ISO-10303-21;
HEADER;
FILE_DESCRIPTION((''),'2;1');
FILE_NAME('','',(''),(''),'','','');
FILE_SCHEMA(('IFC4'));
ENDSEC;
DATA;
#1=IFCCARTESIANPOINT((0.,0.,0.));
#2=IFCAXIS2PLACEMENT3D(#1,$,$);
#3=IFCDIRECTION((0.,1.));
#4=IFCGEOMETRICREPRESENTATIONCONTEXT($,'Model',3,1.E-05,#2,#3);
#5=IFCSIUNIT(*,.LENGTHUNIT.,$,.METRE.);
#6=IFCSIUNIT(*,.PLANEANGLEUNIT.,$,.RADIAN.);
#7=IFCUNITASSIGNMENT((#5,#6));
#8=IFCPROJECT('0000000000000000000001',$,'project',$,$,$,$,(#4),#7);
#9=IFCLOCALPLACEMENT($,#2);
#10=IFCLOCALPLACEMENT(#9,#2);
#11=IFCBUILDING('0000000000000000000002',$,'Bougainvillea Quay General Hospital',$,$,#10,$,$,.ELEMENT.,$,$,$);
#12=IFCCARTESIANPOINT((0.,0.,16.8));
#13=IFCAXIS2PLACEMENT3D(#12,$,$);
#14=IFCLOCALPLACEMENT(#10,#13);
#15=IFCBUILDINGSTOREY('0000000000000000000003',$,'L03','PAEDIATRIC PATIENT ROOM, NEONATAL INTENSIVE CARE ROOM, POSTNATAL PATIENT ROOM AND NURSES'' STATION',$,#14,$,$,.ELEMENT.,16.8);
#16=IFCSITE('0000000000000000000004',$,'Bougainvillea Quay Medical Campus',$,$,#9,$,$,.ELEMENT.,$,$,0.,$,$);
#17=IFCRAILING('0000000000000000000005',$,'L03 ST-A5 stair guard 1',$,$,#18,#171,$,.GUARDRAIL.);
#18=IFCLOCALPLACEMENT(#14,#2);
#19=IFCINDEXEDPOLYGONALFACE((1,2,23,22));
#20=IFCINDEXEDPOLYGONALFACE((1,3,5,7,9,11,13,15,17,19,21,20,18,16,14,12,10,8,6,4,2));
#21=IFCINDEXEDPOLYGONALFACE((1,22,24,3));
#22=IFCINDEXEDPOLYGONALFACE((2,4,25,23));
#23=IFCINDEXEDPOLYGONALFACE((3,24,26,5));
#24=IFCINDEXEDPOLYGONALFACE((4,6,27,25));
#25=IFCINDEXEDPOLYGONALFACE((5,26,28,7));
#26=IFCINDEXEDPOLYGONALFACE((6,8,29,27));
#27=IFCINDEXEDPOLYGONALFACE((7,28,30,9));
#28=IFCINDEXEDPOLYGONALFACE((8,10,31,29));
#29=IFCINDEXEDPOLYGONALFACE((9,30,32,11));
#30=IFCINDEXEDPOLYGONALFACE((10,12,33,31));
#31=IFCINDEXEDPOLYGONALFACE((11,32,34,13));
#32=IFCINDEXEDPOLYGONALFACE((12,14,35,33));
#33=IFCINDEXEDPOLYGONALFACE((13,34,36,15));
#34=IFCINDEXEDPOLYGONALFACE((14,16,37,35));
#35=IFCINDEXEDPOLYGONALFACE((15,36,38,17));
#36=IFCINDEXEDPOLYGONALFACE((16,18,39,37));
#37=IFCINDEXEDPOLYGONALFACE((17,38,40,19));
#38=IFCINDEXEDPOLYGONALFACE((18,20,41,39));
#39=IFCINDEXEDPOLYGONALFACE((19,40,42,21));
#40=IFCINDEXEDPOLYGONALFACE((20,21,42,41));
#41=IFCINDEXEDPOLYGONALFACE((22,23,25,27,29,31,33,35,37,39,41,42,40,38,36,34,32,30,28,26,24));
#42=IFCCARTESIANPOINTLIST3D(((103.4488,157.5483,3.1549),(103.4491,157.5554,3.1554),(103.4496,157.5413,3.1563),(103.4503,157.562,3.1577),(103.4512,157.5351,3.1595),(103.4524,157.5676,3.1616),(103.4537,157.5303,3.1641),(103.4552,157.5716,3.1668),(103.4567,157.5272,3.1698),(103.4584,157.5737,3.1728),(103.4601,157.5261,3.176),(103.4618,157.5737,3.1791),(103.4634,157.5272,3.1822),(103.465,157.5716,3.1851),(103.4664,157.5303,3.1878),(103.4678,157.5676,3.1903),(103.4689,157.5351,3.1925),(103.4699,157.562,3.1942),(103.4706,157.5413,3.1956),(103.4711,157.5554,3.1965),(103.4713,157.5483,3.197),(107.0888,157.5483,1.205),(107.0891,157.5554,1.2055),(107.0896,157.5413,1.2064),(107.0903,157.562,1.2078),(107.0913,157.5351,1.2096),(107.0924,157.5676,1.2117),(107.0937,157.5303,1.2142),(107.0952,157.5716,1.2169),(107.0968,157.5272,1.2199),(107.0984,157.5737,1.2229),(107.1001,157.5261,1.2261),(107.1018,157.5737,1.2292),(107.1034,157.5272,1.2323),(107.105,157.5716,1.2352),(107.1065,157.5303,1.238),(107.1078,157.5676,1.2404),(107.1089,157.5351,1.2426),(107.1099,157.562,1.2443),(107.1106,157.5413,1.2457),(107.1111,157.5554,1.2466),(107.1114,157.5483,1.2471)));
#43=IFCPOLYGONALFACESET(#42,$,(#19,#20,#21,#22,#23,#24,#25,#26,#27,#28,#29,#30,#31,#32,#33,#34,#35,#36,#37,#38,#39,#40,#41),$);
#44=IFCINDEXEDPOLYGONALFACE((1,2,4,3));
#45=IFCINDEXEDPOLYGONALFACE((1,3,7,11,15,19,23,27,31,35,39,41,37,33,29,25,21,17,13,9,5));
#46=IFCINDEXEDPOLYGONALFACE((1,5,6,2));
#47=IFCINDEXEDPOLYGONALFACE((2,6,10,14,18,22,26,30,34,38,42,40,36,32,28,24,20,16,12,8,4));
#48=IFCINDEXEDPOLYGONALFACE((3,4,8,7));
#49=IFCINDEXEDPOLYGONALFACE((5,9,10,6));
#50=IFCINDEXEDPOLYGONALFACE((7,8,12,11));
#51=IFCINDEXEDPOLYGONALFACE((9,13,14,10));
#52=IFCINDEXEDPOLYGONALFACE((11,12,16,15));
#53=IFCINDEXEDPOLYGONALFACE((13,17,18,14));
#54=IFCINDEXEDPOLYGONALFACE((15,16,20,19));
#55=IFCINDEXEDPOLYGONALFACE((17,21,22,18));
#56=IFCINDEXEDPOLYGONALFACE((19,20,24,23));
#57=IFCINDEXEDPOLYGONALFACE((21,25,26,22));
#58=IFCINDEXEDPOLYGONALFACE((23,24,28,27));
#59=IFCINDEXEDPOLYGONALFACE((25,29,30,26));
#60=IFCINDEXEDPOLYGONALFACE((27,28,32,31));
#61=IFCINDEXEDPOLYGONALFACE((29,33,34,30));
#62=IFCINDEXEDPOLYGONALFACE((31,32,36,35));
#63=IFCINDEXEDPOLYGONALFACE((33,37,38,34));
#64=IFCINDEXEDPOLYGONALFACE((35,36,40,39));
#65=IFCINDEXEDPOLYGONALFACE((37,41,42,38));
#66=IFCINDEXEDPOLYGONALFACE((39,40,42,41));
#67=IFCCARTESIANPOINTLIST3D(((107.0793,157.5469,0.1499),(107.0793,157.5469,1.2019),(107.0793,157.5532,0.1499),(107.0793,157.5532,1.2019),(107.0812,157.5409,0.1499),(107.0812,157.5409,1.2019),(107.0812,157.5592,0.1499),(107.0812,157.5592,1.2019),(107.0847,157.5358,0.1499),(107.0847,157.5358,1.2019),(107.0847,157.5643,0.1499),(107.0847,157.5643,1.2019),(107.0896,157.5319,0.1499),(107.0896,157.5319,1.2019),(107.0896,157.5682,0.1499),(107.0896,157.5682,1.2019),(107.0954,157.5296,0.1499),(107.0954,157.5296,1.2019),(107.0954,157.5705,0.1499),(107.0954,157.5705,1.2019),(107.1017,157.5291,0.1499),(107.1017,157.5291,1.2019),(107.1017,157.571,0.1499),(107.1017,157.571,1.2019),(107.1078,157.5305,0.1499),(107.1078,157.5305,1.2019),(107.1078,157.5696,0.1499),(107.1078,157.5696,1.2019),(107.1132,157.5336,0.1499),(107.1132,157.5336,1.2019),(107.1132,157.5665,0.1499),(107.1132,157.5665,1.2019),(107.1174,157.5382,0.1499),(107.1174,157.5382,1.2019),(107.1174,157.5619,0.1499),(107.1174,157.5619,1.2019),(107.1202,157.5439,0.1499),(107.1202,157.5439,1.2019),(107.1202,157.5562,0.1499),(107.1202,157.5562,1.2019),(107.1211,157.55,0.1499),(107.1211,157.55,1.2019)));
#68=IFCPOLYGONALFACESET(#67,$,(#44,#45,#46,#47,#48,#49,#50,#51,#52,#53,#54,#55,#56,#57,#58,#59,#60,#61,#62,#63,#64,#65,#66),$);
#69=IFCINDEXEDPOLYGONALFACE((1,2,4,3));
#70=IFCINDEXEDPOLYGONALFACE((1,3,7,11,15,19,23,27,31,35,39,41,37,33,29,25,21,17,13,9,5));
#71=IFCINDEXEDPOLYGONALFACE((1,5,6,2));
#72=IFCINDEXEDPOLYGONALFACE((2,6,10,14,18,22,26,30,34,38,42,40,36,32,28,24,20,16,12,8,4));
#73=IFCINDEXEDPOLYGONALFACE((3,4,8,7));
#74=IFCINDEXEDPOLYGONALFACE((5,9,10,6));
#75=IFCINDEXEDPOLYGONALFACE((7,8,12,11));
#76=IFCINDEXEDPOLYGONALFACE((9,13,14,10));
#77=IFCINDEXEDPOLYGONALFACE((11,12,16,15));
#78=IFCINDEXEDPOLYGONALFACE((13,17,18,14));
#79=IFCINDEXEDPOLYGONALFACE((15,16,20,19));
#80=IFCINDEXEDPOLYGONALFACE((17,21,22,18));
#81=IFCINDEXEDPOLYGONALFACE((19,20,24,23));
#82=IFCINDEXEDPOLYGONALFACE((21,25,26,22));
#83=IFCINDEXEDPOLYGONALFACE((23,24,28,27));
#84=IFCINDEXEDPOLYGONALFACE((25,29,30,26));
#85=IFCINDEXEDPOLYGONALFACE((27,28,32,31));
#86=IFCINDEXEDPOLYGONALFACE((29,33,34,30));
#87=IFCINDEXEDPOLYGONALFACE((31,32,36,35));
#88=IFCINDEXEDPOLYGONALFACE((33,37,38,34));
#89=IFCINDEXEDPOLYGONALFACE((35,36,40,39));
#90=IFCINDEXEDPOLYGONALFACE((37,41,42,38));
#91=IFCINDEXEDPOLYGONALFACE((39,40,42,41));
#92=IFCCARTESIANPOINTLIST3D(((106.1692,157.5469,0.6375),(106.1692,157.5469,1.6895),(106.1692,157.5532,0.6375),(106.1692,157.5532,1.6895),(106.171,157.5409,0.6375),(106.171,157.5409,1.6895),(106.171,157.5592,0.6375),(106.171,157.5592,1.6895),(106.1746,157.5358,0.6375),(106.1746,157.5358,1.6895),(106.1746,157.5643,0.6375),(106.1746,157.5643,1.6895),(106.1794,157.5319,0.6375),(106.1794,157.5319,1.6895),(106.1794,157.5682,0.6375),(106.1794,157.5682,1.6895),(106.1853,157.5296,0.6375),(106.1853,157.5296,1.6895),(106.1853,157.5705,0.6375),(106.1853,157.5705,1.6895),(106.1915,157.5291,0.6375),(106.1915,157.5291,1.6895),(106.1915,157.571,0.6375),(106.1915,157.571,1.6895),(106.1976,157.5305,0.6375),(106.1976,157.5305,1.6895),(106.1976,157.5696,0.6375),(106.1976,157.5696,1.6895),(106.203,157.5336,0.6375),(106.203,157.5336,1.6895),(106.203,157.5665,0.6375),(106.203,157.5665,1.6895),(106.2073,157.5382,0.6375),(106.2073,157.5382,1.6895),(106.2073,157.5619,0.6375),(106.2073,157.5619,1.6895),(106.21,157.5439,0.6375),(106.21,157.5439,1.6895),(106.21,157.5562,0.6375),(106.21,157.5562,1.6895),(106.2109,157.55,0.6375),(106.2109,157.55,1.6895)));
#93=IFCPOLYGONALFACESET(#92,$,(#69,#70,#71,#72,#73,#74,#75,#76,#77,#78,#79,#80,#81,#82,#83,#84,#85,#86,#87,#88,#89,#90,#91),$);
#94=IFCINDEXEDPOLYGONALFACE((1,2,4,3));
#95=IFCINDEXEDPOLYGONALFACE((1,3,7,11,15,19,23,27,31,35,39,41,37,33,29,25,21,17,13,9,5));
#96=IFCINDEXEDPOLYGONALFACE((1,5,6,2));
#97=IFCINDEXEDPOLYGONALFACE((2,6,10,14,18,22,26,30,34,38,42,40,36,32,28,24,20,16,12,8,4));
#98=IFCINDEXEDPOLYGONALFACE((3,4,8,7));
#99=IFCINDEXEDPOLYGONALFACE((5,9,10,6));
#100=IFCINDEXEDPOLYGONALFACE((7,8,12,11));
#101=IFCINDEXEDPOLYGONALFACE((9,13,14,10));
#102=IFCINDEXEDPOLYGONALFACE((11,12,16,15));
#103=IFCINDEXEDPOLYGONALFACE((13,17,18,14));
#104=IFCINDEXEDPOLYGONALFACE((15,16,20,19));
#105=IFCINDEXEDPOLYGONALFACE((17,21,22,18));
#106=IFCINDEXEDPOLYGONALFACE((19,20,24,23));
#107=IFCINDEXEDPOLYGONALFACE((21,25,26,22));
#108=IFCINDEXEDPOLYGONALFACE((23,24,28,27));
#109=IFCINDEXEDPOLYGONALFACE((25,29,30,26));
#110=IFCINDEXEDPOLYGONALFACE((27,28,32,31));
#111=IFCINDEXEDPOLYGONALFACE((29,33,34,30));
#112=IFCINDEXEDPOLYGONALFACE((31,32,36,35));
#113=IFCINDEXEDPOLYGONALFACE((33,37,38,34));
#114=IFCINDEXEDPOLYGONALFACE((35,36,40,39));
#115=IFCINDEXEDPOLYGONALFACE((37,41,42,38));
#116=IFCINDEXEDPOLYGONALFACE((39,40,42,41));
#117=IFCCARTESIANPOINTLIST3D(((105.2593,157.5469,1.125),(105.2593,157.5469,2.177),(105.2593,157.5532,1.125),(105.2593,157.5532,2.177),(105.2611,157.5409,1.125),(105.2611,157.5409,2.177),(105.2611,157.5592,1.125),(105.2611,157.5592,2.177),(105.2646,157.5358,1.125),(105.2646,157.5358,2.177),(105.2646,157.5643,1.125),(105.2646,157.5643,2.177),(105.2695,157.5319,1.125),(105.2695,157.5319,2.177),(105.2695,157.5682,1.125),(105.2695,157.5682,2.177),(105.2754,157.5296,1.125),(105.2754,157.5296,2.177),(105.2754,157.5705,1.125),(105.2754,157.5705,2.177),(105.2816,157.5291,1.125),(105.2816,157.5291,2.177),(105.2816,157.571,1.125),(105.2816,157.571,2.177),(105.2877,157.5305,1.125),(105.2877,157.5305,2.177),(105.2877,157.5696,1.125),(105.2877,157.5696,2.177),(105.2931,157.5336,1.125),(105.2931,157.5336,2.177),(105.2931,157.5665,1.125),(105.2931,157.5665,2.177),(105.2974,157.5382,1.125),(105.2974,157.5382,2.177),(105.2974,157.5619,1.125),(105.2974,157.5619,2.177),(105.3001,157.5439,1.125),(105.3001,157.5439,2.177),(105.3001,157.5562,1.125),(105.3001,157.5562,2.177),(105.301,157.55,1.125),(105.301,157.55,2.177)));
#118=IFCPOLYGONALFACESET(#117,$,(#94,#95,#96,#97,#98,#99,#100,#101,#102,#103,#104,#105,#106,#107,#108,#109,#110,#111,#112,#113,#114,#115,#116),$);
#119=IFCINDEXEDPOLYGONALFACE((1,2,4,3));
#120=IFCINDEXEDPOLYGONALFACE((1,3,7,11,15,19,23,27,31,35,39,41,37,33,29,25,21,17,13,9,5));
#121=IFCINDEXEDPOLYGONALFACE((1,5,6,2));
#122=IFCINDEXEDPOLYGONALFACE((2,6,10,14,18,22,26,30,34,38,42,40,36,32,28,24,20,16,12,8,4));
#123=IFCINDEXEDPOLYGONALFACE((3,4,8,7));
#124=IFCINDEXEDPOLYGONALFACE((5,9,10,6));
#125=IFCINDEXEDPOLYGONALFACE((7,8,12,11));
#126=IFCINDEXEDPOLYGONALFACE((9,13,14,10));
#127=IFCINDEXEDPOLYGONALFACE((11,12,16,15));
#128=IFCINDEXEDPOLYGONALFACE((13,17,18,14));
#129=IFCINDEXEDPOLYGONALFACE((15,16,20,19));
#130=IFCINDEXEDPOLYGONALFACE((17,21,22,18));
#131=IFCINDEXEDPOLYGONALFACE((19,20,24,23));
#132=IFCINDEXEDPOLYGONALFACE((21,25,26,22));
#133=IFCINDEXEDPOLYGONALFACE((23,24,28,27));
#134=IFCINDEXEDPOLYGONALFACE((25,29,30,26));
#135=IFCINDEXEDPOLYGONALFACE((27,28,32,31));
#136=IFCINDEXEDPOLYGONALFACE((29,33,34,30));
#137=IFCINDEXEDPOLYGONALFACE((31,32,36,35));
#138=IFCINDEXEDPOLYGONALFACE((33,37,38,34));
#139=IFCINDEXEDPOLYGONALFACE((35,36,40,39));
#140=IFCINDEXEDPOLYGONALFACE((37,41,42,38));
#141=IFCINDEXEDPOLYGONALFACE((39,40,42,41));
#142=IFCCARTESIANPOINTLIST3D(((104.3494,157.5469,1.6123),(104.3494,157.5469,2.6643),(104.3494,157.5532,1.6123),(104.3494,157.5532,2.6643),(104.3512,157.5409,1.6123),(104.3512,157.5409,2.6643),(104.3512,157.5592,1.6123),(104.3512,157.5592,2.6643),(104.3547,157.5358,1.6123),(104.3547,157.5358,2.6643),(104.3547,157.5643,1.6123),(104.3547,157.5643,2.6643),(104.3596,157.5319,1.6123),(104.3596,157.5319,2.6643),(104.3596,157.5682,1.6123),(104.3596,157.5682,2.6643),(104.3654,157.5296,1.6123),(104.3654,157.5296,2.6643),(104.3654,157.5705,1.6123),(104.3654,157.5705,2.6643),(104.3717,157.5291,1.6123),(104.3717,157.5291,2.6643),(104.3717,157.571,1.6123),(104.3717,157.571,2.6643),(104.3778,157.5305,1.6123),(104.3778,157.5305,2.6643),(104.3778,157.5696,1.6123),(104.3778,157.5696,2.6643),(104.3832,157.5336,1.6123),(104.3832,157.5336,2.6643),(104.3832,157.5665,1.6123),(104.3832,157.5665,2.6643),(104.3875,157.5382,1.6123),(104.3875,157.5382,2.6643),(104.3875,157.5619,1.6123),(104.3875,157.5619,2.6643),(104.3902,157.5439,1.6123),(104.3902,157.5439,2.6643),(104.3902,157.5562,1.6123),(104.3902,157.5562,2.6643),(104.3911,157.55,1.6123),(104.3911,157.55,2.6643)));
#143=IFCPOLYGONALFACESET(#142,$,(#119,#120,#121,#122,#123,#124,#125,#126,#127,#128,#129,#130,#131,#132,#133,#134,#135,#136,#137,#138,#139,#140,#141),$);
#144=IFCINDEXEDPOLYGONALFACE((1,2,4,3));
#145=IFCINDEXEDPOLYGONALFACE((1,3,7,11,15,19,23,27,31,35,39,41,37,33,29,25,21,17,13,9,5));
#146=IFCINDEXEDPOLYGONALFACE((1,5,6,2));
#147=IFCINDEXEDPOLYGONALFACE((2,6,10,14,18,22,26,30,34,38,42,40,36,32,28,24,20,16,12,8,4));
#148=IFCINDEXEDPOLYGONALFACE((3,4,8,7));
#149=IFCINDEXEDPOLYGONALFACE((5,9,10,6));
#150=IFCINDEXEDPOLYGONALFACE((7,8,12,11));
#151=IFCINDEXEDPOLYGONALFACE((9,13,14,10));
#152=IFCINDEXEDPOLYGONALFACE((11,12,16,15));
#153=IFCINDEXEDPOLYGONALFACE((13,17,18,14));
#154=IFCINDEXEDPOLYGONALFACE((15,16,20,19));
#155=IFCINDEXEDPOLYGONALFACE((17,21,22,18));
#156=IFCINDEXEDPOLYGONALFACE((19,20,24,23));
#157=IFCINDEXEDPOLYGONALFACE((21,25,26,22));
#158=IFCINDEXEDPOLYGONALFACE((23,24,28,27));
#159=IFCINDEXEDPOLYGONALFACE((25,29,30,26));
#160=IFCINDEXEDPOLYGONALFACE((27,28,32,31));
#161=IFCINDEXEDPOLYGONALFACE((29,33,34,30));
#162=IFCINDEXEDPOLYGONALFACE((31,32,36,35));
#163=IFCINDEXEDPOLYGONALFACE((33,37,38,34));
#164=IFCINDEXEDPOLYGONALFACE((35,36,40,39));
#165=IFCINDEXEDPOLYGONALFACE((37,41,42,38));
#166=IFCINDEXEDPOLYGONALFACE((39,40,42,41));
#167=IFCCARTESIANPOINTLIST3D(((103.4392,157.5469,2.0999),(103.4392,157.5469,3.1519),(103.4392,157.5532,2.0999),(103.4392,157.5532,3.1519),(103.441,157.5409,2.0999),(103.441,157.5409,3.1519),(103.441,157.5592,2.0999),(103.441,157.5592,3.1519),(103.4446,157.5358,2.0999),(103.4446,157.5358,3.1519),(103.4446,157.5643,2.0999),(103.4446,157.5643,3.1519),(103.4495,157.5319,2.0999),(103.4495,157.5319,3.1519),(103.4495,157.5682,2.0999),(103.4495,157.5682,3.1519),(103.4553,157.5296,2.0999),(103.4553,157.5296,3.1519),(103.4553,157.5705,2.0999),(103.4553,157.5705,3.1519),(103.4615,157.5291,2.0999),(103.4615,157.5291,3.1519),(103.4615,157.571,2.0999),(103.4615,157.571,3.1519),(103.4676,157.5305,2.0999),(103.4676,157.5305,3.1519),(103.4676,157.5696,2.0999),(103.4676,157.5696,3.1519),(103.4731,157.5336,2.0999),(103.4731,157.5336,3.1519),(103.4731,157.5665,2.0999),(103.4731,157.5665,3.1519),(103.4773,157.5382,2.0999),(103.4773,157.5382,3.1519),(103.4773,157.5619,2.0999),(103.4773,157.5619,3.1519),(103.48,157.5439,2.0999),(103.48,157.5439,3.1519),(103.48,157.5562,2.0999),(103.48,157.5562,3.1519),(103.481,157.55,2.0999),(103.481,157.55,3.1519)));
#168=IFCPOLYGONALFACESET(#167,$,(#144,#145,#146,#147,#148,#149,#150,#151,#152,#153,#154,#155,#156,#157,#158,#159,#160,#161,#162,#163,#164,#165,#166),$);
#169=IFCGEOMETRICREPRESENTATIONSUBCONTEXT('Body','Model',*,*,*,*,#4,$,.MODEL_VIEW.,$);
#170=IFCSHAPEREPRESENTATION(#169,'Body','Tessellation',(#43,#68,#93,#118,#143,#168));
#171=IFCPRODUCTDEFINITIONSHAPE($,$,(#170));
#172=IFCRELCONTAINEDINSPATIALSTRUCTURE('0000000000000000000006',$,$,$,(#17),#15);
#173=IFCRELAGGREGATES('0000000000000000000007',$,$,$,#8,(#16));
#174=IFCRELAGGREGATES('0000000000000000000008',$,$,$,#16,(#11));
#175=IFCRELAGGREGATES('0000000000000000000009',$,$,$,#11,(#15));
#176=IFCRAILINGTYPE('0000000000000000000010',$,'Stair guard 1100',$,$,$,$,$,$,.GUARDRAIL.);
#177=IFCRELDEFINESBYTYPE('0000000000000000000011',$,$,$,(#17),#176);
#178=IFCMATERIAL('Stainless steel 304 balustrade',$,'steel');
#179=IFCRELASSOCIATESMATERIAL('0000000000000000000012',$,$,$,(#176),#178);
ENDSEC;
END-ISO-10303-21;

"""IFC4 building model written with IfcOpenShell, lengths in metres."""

from ifc_helpers import new_model, si_unit, direction, frame, origin, origin_2d, place, context, subcontext, project, spatial, circle, extrude, material, type_object, element, save


model = new_model("IFC4")

# Units and contexts
model_context = context("Model", 3, precision=1e-05, world=origin(), true_north=direction((0.0, 1.0)))
body_context = subcontext(model_context, "Body", "Model", "MODEL_VIEW")
ifc_project = project(units=[si_unit("LENGTHUNIT", "METRE"), si_unit("PLANEANGLEUNIT", "RADIAN")], contexts=[model_context])

# Site, building, storey
site_placement = place(None, origin())
site = spatial("IfcSite", under=ifc_project, at=site_placement, Name="Bougainvillea Quay Medical Campus", CompositionType="ELEMENT", RefElevation=0.0)
building_placement = place(site_placement, origin())
building = spatial("IfcBuilding", under=site, at=building_placement, Name="Bougainvillea Quay General Hospital", CompositionType="ELEMENT")
storey_placement = place(building_placement, frame((0.0, 0.0, 16.8)))
storey = spatial("IfcBuildingStorey", under=building, at=storey_placement, Name="L03", Description="PAEDIATRIC PATIENT ROOM, NEONATAL INTENSIVE CARE ROOM, POSTNATAL PATIENT ROOM AND NURSES' STATION", CompositionType="ELEMENT", Elevation=16.8)

# Railing
ifc_material_1 = material(Name="Stainless steel 304 balustrade", Category="steel")
railing_type_1 = type_object("IfcRailingType", Name="Stair guard 1100", PredefinedType="GUARDRAIL", material=ifc_material_1)
railing_1_placement = place(storey_placement, frame((107.1001, 157.55, 0.1499)))
element("IfcRailing", 1, at=railing_1_placement, inside=storey, type_object=railing_type_1, Name="L03 ST-A5 stair guard 1", PredefinedType="GUARDRAIL", context=body_context, shape_type="SweptSolid", body=[
    extrude(circle(Radius=0.0239, at=origin_2d()), frame((0.0, 0.0, 1.0762), z_axis=(-0.881492, 0.0, 0.472198), x_axis=(0.0, -1.0, 0.0)), (0.0, 0.0, 1.0), 4.1294),
    extrude(circle(Radius=0.021, at=origin_2d()), origin(), (0.0, 0.0, 1.0), 1.052),
    extrude(circle(Radius=0.021, at=origin_2d()), frame((-0.9102, 0.0, 0.4875)), (0.0, 0.0, 1.0), 1.052),
    extrude(circle(Radius=0.021, at=origin_2d()), frame((-1.8201, 0.0, 0.9751)), (0.0, 0.0, 1.0), 1.052),
    extrude(circle(Radius=0.021, at=origin_2d()), frame((-2.73, 0.0, 1.4624)), (0.0, 0.0, 1.0), 1.052),
    extrude(circle(Radius=0.021, at=origin_2d()), frame((-3.6401, 0.0, 1.95)), (0.0, 0.0, 1.0), 1.052),
])

save(model, "model.ifc")
